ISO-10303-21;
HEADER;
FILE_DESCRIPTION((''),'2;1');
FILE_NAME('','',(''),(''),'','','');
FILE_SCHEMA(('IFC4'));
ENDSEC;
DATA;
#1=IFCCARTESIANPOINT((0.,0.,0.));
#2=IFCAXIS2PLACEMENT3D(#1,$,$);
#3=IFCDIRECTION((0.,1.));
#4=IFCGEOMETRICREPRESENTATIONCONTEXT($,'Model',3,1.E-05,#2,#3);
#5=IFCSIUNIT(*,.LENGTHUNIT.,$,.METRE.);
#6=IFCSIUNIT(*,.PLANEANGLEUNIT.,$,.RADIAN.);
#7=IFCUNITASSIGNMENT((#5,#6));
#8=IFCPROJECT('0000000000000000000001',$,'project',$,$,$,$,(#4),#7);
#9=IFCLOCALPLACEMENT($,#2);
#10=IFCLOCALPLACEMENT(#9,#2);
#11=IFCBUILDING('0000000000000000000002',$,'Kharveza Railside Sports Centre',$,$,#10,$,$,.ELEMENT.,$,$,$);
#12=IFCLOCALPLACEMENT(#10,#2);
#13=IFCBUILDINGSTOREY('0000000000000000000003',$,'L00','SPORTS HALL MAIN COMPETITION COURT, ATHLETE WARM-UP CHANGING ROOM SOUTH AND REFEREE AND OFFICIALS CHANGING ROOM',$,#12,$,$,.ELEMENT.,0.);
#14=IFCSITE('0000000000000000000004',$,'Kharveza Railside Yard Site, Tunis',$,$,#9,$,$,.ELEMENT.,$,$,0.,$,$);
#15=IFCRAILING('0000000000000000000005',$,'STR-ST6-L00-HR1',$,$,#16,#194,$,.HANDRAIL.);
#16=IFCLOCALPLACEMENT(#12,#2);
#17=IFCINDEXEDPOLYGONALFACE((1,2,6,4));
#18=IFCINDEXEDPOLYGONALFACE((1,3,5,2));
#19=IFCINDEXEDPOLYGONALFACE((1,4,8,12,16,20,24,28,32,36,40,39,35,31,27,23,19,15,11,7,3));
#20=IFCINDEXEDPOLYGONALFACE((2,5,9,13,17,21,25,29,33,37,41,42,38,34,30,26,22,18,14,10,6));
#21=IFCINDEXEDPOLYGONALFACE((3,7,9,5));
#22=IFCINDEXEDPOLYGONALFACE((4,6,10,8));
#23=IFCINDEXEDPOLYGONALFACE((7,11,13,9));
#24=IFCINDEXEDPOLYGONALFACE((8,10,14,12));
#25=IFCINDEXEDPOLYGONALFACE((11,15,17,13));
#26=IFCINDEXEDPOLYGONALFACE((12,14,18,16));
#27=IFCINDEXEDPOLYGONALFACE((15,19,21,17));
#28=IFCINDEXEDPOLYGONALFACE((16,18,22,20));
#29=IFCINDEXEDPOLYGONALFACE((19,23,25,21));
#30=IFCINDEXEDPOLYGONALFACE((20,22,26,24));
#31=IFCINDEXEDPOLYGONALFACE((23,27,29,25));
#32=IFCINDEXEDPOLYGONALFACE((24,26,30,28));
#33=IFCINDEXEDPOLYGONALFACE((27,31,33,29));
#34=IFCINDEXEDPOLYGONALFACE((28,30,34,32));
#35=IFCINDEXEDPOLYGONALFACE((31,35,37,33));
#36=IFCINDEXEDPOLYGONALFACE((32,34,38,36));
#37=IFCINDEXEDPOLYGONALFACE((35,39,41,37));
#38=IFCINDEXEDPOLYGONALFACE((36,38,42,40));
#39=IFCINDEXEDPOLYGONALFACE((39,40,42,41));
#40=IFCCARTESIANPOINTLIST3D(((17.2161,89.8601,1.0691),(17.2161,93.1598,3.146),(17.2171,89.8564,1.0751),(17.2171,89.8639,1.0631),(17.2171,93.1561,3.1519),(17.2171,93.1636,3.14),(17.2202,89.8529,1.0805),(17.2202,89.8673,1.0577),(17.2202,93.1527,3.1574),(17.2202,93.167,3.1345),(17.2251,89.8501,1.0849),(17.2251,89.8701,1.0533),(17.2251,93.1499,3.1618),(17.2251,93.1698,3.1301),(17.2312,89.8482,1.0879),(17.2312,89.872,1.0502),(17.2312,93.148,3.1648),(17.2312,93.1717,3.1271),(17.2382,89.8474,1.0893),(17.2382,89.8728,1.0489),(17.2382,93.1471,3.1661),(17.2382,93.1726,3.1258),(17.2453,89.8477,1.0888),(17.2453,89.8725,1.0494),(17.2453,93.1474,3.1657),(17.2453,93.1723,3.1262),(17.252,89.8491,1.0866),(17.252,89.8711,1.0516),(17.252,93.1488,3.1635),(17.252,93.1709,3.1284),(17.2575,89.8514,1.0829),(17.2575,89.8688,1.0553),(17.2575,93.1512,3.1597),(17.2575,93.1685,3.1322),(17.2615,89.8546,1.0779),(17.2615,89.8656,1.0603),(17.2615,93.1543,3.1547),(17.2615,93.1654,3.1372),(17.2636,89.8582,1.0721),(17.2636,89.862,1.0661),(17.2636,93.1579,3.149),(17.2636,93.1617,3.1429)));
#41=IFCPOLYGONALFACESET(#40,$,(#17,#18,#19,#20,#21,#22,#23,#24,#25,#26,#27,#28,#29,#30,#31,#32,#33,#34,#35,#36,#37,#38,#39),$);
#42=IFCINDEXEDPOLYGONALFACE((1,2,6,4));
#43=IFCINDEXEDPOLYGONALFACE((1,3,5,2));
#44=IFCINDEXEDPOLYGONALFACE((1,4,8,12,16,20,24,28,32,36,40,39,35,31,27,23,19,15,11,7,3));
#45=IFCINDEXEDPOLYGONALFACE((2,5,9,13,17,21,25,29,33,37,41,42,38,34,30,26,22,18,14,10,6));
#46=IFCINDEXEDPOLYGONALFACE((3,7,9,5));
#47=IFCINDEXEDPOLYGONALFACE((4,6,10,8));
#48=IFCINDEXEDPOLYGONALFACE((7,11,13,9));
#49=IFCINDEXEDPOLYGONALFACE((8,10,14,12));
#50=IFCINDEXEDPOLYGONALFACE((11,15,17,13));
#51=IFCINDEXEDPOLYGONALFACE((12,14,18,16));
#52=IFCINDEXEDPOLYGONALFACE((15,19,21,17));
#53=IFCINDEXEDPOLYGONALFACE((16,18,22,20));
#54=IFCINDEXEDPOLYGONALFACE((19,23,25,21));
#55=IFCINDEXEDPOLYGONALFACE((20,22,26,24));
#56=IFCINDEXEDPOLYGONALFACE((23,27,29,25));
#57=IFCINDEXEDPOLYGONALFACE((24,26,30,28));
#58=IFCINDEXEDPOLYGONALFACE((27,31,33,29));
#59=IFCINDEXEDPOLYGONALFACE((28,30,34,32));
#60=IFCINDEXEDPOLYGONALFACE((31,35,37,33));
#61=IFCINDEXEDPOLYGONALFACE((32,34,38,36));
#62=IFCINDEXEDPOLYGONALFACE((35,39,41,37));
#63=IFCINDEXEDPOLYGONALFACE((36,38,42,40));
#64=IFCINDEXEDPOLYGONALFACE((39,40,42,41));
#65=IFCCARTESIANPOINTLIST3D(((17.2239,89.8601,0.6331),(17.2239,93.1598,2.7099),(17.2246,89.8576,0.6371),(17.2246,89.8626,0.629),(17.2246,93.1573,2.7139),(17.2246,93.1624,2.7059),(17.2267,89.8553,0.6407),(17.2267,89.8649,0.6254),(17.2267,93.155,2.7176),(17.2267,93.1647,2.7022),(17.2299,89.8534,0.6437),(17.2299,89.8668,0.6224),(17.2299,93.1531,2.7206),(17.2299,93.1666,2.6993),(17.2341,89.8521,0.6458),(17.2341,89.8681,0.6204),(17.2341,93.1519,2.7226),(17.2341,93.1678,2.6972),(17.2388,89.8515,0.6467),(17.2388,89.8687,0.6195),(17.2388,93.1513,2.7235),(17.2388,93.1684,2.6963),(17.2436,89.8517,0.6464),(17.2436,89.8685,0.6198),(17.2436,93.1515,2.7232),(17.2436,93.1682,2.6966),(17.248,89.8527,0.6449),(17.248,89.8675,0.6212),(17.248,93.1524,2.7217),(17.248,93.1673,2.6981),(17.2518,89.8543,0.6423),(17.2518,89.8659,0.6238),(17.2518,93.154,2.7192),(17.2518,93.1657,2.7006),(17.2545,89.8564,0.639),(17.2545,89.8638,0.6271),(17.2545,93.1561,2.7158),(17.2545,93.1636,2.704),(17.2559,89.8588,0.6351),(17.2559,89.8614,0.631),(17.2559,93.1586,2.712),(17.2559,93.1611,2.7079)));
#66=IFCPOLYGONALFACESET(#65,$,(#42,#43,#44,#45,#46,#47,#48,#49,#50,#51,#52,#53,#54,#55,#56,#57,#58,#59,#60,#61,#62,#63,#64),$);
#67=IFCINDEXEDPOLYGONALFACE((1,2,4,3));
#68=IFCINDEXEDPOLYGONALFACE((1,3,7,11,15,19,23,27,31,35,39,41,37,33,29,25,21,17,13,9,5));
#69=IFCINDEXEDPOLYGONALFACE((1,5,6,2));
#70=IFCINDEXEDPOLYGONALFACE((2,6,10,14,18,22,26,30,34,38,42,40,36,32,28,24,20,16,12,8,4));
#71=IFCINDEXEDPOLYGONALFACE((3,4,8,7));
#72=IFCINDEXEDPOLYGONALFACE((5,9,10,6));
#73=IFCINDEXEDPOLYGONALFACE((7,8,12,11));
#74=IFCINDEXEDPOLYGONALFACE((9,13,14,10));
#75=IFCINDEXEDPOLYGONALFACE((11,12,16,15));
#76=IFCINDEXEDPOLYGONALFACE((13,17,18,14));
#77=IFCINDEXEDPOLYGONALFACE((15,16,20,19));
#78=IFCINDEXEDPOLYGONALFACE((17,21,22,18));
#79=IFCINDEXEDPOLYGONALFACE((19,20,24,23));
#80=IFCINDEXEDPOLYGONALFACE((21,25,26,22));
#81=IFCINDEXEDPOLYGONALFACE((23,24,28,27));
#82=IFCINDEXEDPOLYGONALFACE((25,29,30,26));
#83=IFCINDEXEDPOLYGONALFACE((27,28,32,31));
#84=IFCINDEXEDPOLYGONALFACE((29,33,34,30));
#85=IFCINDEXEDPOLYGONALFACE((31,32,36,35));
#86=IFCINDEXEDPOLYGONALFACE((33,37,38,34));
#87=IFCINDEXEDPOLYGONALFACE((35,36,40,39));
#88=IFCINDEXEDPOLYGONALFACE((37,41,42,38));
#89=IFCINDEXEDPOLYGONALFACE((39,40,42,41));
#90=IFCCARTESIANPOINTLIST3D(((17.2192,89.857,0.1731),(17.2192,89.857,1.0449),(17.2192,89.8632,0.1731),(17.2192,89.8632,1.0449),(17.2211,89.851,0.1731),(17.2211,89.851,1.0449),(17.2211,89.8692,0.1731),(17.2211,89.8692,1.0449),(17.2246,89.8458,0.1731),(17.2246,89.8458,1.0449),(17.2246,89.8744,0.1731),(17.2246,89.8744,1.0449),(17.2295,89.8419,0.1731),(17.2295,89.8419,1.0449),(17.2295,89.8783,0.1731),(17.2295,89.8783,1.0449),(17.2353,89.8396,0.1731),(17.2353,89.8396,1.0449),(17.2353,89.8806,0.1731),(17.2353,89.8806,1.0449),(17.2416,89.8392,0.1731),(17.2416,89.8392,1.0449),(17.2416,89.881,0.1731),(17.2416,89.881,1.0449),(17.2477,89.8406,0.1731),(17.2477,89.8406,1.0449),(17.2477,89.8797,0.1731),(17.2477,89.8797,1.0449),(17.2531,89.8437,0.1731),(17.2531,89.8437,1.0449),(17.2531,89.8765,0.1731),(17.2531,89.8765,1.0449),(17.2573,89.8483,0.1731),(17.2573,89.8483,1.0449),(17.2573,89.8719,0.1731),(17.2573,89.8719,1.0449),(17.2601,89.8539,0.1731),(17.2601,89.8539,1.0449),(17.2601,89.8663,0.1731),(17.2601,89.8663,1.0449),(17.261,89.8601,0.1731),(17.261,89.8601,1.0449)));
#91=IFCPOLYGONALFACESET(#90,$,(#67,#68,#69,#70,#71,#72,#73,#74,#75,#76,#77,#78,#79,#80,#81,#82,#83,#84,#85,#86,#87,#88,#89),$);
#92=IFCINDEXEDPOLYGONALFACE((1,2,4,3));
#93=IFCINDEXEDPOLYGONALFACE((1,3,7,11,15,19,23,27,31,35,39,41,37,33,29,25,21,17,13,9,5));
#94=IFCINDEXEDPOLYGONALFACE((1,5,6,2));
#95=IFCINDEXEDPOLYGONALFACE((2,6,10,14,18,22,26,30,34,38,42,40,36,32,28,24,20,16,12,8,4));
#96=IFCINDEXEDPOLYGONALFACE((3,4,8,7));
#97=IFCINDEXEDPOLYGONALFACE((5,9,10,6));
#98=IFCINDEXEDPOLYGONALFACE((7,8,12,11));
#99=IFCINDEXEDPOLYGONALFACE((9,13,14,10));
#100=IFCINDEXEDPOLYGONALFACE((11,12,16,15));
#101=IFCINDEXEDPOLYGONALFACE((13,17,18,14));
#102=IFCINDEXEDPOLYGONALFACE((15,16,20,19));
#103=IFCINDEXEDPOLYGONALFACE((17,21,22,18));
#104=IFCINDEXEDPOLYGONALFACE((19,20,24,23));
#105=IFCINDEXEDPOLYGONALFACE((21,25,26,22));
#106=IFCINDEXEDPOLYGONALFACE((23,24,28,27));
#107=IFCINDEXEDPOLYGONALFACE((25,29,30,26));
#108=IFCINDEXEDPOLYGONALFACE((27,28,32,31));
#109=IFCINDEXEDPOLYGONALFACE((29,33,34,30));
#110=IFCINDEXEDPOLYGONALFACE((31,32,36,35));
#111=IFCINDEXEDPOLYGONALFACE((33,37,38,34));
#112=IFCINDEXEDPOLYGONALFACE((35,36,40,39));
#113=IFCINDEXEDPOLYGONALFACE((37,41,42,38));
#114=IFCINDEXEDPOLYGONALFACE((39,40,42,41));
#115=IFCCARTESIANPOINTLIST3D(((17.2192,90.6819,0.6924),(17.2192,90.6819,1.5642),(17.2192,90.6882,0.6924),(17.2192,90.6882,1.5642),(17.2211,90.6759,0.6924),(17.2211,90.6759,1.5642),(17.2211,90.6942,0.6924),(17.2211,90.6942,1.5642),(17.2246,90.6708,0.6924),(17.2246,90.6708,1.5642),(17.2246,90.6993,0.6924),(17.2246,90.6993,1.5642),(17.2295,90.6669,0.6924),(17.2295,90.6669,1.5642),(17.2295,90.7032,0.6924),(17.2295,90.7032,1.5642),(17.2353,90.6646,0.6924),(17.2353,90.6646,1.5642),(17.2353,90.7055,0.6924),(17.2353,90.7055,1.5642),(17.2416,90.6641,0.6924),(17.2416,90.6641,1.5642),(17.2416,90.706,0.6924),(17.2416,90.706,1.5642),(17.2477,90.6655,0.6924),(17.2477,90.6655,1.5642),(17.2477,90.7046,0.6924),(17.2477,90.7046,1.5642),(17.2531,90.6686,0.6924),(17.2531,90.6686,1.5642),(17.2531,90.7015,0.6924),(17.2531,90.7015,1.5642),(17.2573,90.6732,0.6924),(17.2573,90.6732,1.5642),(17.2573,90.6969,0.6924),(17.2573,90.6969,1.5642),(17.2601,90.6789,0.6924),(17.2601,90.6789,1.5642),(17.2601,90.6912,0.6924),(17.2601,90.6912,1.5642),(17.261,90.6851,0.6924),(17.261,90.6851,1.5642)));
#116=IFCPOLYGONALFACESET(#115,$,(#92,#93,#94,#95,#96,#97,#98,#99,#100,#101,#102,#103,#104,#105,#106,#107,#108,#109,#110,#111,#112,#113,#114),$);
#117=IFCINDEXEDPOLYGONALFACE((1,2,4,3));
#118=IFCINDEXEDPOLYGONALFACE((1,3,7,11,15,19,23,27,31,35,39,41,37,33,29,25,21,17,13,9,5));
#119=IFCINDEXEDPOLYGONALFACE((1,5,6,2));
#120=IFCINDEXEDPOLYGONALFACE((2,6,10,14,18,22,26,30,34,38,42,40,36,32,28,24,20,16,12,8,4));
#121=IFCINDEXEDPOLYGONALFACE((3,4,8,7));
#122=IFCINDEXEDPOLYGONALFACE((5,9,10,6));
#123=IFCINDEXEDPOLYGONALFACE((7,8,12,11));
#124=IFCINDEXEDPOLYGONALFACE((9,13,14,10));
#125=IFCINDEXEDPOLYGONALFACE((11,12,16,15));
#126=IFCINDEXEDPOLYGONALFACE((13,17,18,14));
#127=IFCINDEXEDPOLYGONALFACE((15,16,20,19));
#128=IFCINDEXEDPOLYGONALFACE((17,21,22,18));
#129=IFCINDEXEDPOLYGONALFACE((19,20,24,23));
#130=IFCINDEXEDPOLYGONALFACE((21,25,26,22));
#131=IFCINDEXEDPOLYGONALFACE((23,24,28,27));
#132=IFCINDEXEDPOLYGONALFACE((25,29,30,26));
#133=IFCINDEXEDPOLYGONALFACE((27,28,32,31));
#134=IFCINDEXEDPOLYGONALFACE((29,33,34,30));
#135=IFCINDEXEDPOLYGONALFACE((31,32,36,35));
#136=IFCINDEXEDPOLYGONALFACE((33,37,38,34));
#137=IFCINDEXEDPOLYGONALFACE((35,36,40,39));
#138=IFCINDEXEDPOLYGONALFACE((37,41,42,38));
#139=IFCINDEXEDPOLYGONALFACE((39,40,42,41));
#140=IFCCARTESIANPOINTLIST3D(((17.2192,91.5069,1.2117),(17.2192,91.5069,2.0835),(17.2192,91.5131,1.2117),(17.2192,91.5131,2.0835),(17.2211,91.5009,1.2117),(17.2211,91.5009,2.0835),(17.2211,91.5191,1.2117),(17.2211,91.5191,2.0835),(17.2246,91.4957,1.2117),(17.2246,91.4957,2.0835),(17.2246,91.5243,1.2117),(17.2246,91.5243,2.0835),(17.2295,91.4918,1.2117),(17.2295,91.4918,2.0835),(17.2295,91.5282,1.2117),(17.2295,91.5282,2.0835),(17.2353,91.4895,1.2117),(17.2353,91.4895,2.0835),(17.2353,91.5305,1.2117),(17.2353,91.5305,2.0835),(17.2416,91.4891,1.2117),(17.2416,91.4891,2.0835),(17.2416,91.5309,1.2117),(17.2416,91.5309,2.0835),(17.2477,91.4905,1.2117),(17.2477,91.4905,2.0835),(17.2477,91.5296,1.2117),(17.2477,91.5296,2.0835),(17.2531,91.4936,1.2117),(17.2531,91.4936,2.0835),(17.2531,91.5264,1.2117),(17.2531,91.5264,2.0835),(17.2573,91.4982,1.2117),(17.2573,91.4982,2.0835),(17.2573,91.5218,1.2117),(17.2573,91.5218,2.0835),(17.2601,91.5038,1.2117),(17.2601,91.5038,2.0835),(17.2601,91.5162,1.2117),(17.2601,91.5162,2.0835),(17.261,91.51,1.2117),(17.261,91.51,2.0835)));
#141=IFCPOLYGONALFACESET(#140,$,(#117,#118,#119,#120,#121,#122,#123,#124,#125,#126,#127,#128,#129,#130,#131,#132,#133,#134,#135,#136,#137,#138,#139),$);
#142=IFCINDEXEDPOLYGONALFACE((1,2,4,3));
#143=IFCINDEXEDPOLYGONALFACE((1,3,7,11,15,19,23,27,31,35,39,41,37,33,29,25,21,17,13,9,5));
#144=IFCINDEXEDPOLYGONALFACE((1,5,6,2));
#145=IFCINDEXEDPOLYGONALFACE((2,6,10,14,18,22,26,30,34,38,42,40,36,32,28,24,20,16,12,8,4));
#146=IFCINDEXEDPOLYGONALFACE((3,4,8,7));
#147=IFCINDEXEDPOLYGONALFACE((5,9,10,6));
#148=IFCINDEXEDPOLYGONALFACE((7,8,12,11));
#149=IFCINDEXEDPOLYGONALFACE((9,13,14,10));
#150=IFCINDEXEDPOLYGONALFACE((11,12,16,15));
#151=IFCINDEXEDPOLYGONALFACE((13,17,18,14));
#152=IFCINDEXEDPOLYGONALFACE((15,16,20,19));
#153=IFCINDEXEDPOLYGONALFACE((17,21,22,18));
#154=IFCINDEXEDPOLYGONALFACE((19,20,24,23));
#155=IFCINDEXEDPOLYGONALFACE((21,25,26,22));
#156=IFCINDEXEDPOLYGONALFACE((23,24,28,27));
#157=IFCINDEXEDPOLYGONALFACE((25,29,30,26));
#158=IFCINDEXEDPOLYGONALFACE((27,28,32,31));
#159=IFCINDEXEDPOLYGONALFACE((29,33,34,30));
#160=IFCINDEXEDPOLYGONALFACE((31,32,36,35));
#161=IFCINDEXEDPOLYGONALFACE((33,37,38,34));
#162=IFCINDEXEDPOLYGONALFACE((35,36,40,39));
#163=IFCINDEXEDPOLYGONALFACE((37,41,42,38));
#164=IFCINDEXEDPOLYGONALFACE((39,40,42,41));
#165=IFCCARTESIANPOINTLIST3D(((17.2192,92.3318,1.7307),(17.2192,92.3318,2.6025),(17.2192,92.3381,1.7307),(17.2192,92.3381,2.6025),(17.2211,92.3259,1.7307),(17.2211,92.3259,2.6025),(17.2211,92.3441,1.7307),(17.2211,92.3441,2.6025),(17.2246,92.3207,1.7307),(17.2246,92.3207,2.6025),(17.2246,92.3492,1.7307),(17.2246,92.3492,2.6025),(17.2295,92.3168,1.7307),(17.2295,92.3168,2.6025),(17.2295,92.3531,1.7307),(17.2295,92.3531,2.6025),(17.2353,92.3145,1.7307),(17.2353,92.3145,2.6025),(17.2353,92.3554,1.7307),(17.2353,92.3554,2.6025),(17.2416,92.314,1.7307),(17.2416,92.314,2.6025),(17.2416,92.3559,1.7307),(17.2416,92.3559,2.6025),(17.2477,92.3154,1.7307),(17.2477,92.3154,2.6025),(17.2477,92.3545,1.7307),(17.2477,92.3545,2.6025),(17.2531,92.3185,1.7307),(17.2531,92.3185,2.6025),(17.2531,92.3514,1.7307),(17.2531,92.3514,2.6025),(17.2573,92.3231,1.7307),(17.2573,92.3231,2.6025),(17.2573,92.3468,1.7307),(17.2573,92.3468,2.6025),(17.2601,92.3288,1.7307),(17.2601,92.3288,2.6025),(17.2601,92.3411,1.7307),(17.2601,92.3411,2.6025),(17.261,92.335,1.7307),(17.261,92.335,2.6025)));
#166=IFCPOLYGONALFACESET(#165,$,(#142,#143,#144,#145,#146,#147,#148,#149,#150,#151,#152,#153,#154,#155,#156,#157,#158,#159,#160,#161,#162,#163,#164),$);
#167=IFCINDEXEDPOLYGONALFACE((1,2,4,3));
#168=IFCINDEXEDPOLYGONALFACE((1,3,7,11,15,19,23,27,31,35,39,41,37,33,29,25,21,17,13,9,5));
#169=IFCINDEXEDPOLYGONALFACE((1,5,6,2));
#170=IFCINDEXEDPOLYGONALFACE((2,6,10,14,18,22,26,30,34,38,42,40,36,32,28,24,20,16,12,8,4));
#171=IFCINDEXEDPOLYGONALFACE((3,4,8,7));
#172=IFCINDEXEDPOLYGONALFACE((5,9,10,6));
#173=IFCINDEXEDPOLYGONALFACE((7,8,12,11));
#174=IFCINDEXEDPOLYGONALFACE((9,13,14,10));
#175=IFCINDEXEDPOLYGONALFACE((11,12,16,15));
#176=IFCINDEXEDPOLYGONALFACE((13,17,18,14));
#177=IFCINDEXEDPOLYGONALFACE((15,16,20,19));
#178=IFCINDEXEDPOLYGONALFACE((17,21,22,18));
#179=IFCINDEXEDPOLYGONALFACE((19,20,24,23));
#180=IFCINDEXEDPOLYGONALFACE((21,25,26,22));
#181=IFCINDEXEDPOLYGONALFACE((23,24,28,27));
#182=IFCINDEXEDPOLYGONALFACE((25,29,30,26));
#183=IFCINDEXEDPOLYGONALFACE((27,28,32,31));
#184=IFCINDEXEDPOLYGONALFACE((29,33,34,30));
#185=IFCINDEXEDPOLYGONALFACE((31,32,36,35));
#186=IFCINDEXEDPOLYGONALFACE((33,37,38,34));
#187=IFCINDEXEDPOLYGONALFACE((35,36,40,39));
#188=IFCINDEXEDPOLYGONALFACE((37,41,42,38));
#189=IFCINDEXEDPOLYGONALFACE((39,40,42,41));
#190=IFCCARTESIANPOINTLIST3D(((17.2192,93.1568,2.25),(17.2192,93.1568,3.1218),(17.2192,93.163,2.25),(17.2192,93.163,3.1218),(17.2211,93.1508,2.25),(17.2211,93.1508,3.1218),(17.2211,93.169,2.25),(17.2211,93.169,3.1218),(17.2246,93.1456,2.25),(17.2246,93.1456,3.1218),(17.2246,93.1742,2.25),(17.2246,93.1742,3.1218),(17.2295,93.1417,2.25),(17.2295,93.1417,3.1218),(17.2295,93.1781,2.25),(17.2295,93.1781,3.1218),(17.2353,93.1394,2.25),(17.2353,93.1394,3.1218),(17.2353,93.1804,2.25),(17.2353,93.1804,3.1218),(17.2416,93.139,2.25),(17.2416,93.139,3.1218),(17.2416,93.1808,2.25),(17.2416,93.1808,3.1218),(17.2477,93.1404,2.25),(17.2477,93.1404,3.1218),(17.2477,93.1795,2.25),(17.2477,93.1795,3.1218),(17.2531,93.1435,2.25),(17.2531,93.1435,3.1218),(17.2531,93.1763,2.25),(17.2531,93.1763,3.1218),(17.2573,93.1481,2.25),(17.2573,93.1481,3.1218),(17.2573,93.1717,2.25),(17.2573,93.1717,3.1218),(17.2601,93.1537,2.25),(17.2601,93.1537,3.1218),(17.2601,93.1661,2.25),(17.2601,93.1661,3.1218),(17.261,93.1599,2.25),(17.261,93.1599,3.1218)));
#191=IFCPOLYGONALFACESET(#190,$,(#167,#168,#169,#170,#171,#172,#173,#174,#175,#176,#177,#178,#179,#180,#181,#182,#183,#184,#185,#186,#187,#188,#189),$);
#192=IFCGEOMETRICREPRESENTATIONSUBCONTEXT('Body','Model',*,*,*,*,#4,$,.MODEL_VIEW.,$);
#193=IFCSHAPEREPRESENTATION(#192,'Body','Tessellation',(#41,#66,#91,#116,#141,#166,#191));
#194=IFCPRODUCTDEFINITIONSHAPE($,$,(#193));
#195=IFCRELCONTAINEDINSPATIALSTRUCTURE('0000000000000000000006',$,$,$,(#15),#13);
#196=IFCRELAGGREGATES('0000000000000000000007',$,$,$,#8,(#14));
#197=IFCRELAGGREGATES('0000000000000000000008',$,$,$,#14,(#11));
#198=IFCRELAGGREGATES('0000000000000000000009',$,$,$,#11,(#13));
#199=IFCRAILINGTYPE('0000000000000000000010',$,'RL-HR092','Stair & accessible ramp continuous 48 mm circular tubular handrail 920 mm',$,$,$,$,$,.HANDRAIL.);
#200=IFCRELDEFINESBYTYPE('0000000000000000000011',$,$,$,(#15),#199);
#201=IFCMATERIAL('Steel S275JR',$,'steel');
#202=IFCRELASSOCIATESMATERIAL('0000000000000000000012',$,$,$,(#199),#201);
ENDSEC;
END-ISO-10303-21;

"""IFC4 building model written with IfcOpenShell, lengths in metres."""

from ifc_helpers import new_model, si_unit, direction, frame, origin, origin_2d, place, context, subcontext, project, spatial, circle, extrude, material, type_object, element, save


model = new_model("IFC4")

# Units and contexts
model_context = context("Model", 3, precision=1e-05, world=origin(), true_north=direction((0.0, 1.0)))
body_context = subcontext(model_context, "Body", "Model", "MODEL_VIEW")
ifc_project = project(units=[si_unit("LENGTHUNIT", "METRE"), si_unit("PLANEANGLEUNIT", "RADIAN")], contexts=[model_context])

# Site, building, storey
site_placement = place(None, origin())
site = spatial("IfcSite", under=ifc_project, at=site_placement, Name="Kharveza Railside Yard Site, Tunis", CompositionType="ELEMENT", RefElevation=0.0)
building_placement = place(site_placement, origin())
building = spatial("IfcBuilding", under=site, at=building_placement, Name="Kharveza Railside Sports Centre", CompositionType="ELEMENT")
storey_placement = place(building_placement, origin())
storey = spatial("IfcBuildingStorey", under=building, at=storey_placement, Name="L00", Description="SPORTS HALL MAIN COMPETITION COURT, ATHLETE WARM-UP CHANGING ROOM SOUTH AND REFEREE AND OFFICIALS CHANGING ROOM", CompositionType="ELEMENT", Elevation=0.0)

# Railing
ifc_material_1 = material(Name="Steel S275JR", Category="steel")
railing_type_1 = type_object("IfcRailingType", Name="RL-HR092", Description="Stair & accessible ramp continuous 48 mm circular tubular handrail 920 mm", PredefinedType="HANDRAIL", material=ifc_material_1)
railing_1_placement = place(storey_placement, frame((17.24, 89.8601, 0.1731)))
element("IfcRailing", 1, at=railing_1_placement, inside=storey, type_object=railing_type_1, Name="STR-ST6-L00-HR1", PredefinedType="HANDRAIL", context=body_context, shape_type="SweptSolid", body=[
    extrude(circle(Radius=0.0239, at=origin_2d()), frame((0.0, 0.0, 0.896), z_axis=(0.0, 0.84632, 0.532675), x_axis=(-1.0, 0.0, 0.0)), (0.0, 0.0, 1.0), 3.8989),
    extrude(circle(Radius=0.0161, at=origin_2d()), frame((0.0, 0.0, 0.46), z_axis=(0.0, 0.84632, 0.532675), x_axis=(-1.0, 0.0, 0.0)), (0.0, 0.0, 1.0), 3.8989),
    extrude(circle(Radius=0.021, at=origin_2d()), origin(), (0.0, 0.0, 1.0), 0.8718),
    extrude(circle(Radius=0.021, at=origin_2d()), frame((0.0, 0.825, 0.5193)), (0.0, 0.0, 1.0), 0.8718),
    extrude(circle(Radius=0.021, at=origin_2d()), frame((0.0, 1.6499, 1.0386)), (0.0, 0.0, 1.0), 0.8718),
    extrude(circle(Radius=0.021, at=origin_2d()), frame((0.0, 2.4749, 1.5576)), (0.0, 0.0, 1.0), 0.8718),
    extrude(circle(Radius=0.021, at=origin_2d()), frame((0.0, 3.2998, 2.0769)), (0.0, 0.0, 1.0), 0.8718),
])

save(model, "model.ifc")
